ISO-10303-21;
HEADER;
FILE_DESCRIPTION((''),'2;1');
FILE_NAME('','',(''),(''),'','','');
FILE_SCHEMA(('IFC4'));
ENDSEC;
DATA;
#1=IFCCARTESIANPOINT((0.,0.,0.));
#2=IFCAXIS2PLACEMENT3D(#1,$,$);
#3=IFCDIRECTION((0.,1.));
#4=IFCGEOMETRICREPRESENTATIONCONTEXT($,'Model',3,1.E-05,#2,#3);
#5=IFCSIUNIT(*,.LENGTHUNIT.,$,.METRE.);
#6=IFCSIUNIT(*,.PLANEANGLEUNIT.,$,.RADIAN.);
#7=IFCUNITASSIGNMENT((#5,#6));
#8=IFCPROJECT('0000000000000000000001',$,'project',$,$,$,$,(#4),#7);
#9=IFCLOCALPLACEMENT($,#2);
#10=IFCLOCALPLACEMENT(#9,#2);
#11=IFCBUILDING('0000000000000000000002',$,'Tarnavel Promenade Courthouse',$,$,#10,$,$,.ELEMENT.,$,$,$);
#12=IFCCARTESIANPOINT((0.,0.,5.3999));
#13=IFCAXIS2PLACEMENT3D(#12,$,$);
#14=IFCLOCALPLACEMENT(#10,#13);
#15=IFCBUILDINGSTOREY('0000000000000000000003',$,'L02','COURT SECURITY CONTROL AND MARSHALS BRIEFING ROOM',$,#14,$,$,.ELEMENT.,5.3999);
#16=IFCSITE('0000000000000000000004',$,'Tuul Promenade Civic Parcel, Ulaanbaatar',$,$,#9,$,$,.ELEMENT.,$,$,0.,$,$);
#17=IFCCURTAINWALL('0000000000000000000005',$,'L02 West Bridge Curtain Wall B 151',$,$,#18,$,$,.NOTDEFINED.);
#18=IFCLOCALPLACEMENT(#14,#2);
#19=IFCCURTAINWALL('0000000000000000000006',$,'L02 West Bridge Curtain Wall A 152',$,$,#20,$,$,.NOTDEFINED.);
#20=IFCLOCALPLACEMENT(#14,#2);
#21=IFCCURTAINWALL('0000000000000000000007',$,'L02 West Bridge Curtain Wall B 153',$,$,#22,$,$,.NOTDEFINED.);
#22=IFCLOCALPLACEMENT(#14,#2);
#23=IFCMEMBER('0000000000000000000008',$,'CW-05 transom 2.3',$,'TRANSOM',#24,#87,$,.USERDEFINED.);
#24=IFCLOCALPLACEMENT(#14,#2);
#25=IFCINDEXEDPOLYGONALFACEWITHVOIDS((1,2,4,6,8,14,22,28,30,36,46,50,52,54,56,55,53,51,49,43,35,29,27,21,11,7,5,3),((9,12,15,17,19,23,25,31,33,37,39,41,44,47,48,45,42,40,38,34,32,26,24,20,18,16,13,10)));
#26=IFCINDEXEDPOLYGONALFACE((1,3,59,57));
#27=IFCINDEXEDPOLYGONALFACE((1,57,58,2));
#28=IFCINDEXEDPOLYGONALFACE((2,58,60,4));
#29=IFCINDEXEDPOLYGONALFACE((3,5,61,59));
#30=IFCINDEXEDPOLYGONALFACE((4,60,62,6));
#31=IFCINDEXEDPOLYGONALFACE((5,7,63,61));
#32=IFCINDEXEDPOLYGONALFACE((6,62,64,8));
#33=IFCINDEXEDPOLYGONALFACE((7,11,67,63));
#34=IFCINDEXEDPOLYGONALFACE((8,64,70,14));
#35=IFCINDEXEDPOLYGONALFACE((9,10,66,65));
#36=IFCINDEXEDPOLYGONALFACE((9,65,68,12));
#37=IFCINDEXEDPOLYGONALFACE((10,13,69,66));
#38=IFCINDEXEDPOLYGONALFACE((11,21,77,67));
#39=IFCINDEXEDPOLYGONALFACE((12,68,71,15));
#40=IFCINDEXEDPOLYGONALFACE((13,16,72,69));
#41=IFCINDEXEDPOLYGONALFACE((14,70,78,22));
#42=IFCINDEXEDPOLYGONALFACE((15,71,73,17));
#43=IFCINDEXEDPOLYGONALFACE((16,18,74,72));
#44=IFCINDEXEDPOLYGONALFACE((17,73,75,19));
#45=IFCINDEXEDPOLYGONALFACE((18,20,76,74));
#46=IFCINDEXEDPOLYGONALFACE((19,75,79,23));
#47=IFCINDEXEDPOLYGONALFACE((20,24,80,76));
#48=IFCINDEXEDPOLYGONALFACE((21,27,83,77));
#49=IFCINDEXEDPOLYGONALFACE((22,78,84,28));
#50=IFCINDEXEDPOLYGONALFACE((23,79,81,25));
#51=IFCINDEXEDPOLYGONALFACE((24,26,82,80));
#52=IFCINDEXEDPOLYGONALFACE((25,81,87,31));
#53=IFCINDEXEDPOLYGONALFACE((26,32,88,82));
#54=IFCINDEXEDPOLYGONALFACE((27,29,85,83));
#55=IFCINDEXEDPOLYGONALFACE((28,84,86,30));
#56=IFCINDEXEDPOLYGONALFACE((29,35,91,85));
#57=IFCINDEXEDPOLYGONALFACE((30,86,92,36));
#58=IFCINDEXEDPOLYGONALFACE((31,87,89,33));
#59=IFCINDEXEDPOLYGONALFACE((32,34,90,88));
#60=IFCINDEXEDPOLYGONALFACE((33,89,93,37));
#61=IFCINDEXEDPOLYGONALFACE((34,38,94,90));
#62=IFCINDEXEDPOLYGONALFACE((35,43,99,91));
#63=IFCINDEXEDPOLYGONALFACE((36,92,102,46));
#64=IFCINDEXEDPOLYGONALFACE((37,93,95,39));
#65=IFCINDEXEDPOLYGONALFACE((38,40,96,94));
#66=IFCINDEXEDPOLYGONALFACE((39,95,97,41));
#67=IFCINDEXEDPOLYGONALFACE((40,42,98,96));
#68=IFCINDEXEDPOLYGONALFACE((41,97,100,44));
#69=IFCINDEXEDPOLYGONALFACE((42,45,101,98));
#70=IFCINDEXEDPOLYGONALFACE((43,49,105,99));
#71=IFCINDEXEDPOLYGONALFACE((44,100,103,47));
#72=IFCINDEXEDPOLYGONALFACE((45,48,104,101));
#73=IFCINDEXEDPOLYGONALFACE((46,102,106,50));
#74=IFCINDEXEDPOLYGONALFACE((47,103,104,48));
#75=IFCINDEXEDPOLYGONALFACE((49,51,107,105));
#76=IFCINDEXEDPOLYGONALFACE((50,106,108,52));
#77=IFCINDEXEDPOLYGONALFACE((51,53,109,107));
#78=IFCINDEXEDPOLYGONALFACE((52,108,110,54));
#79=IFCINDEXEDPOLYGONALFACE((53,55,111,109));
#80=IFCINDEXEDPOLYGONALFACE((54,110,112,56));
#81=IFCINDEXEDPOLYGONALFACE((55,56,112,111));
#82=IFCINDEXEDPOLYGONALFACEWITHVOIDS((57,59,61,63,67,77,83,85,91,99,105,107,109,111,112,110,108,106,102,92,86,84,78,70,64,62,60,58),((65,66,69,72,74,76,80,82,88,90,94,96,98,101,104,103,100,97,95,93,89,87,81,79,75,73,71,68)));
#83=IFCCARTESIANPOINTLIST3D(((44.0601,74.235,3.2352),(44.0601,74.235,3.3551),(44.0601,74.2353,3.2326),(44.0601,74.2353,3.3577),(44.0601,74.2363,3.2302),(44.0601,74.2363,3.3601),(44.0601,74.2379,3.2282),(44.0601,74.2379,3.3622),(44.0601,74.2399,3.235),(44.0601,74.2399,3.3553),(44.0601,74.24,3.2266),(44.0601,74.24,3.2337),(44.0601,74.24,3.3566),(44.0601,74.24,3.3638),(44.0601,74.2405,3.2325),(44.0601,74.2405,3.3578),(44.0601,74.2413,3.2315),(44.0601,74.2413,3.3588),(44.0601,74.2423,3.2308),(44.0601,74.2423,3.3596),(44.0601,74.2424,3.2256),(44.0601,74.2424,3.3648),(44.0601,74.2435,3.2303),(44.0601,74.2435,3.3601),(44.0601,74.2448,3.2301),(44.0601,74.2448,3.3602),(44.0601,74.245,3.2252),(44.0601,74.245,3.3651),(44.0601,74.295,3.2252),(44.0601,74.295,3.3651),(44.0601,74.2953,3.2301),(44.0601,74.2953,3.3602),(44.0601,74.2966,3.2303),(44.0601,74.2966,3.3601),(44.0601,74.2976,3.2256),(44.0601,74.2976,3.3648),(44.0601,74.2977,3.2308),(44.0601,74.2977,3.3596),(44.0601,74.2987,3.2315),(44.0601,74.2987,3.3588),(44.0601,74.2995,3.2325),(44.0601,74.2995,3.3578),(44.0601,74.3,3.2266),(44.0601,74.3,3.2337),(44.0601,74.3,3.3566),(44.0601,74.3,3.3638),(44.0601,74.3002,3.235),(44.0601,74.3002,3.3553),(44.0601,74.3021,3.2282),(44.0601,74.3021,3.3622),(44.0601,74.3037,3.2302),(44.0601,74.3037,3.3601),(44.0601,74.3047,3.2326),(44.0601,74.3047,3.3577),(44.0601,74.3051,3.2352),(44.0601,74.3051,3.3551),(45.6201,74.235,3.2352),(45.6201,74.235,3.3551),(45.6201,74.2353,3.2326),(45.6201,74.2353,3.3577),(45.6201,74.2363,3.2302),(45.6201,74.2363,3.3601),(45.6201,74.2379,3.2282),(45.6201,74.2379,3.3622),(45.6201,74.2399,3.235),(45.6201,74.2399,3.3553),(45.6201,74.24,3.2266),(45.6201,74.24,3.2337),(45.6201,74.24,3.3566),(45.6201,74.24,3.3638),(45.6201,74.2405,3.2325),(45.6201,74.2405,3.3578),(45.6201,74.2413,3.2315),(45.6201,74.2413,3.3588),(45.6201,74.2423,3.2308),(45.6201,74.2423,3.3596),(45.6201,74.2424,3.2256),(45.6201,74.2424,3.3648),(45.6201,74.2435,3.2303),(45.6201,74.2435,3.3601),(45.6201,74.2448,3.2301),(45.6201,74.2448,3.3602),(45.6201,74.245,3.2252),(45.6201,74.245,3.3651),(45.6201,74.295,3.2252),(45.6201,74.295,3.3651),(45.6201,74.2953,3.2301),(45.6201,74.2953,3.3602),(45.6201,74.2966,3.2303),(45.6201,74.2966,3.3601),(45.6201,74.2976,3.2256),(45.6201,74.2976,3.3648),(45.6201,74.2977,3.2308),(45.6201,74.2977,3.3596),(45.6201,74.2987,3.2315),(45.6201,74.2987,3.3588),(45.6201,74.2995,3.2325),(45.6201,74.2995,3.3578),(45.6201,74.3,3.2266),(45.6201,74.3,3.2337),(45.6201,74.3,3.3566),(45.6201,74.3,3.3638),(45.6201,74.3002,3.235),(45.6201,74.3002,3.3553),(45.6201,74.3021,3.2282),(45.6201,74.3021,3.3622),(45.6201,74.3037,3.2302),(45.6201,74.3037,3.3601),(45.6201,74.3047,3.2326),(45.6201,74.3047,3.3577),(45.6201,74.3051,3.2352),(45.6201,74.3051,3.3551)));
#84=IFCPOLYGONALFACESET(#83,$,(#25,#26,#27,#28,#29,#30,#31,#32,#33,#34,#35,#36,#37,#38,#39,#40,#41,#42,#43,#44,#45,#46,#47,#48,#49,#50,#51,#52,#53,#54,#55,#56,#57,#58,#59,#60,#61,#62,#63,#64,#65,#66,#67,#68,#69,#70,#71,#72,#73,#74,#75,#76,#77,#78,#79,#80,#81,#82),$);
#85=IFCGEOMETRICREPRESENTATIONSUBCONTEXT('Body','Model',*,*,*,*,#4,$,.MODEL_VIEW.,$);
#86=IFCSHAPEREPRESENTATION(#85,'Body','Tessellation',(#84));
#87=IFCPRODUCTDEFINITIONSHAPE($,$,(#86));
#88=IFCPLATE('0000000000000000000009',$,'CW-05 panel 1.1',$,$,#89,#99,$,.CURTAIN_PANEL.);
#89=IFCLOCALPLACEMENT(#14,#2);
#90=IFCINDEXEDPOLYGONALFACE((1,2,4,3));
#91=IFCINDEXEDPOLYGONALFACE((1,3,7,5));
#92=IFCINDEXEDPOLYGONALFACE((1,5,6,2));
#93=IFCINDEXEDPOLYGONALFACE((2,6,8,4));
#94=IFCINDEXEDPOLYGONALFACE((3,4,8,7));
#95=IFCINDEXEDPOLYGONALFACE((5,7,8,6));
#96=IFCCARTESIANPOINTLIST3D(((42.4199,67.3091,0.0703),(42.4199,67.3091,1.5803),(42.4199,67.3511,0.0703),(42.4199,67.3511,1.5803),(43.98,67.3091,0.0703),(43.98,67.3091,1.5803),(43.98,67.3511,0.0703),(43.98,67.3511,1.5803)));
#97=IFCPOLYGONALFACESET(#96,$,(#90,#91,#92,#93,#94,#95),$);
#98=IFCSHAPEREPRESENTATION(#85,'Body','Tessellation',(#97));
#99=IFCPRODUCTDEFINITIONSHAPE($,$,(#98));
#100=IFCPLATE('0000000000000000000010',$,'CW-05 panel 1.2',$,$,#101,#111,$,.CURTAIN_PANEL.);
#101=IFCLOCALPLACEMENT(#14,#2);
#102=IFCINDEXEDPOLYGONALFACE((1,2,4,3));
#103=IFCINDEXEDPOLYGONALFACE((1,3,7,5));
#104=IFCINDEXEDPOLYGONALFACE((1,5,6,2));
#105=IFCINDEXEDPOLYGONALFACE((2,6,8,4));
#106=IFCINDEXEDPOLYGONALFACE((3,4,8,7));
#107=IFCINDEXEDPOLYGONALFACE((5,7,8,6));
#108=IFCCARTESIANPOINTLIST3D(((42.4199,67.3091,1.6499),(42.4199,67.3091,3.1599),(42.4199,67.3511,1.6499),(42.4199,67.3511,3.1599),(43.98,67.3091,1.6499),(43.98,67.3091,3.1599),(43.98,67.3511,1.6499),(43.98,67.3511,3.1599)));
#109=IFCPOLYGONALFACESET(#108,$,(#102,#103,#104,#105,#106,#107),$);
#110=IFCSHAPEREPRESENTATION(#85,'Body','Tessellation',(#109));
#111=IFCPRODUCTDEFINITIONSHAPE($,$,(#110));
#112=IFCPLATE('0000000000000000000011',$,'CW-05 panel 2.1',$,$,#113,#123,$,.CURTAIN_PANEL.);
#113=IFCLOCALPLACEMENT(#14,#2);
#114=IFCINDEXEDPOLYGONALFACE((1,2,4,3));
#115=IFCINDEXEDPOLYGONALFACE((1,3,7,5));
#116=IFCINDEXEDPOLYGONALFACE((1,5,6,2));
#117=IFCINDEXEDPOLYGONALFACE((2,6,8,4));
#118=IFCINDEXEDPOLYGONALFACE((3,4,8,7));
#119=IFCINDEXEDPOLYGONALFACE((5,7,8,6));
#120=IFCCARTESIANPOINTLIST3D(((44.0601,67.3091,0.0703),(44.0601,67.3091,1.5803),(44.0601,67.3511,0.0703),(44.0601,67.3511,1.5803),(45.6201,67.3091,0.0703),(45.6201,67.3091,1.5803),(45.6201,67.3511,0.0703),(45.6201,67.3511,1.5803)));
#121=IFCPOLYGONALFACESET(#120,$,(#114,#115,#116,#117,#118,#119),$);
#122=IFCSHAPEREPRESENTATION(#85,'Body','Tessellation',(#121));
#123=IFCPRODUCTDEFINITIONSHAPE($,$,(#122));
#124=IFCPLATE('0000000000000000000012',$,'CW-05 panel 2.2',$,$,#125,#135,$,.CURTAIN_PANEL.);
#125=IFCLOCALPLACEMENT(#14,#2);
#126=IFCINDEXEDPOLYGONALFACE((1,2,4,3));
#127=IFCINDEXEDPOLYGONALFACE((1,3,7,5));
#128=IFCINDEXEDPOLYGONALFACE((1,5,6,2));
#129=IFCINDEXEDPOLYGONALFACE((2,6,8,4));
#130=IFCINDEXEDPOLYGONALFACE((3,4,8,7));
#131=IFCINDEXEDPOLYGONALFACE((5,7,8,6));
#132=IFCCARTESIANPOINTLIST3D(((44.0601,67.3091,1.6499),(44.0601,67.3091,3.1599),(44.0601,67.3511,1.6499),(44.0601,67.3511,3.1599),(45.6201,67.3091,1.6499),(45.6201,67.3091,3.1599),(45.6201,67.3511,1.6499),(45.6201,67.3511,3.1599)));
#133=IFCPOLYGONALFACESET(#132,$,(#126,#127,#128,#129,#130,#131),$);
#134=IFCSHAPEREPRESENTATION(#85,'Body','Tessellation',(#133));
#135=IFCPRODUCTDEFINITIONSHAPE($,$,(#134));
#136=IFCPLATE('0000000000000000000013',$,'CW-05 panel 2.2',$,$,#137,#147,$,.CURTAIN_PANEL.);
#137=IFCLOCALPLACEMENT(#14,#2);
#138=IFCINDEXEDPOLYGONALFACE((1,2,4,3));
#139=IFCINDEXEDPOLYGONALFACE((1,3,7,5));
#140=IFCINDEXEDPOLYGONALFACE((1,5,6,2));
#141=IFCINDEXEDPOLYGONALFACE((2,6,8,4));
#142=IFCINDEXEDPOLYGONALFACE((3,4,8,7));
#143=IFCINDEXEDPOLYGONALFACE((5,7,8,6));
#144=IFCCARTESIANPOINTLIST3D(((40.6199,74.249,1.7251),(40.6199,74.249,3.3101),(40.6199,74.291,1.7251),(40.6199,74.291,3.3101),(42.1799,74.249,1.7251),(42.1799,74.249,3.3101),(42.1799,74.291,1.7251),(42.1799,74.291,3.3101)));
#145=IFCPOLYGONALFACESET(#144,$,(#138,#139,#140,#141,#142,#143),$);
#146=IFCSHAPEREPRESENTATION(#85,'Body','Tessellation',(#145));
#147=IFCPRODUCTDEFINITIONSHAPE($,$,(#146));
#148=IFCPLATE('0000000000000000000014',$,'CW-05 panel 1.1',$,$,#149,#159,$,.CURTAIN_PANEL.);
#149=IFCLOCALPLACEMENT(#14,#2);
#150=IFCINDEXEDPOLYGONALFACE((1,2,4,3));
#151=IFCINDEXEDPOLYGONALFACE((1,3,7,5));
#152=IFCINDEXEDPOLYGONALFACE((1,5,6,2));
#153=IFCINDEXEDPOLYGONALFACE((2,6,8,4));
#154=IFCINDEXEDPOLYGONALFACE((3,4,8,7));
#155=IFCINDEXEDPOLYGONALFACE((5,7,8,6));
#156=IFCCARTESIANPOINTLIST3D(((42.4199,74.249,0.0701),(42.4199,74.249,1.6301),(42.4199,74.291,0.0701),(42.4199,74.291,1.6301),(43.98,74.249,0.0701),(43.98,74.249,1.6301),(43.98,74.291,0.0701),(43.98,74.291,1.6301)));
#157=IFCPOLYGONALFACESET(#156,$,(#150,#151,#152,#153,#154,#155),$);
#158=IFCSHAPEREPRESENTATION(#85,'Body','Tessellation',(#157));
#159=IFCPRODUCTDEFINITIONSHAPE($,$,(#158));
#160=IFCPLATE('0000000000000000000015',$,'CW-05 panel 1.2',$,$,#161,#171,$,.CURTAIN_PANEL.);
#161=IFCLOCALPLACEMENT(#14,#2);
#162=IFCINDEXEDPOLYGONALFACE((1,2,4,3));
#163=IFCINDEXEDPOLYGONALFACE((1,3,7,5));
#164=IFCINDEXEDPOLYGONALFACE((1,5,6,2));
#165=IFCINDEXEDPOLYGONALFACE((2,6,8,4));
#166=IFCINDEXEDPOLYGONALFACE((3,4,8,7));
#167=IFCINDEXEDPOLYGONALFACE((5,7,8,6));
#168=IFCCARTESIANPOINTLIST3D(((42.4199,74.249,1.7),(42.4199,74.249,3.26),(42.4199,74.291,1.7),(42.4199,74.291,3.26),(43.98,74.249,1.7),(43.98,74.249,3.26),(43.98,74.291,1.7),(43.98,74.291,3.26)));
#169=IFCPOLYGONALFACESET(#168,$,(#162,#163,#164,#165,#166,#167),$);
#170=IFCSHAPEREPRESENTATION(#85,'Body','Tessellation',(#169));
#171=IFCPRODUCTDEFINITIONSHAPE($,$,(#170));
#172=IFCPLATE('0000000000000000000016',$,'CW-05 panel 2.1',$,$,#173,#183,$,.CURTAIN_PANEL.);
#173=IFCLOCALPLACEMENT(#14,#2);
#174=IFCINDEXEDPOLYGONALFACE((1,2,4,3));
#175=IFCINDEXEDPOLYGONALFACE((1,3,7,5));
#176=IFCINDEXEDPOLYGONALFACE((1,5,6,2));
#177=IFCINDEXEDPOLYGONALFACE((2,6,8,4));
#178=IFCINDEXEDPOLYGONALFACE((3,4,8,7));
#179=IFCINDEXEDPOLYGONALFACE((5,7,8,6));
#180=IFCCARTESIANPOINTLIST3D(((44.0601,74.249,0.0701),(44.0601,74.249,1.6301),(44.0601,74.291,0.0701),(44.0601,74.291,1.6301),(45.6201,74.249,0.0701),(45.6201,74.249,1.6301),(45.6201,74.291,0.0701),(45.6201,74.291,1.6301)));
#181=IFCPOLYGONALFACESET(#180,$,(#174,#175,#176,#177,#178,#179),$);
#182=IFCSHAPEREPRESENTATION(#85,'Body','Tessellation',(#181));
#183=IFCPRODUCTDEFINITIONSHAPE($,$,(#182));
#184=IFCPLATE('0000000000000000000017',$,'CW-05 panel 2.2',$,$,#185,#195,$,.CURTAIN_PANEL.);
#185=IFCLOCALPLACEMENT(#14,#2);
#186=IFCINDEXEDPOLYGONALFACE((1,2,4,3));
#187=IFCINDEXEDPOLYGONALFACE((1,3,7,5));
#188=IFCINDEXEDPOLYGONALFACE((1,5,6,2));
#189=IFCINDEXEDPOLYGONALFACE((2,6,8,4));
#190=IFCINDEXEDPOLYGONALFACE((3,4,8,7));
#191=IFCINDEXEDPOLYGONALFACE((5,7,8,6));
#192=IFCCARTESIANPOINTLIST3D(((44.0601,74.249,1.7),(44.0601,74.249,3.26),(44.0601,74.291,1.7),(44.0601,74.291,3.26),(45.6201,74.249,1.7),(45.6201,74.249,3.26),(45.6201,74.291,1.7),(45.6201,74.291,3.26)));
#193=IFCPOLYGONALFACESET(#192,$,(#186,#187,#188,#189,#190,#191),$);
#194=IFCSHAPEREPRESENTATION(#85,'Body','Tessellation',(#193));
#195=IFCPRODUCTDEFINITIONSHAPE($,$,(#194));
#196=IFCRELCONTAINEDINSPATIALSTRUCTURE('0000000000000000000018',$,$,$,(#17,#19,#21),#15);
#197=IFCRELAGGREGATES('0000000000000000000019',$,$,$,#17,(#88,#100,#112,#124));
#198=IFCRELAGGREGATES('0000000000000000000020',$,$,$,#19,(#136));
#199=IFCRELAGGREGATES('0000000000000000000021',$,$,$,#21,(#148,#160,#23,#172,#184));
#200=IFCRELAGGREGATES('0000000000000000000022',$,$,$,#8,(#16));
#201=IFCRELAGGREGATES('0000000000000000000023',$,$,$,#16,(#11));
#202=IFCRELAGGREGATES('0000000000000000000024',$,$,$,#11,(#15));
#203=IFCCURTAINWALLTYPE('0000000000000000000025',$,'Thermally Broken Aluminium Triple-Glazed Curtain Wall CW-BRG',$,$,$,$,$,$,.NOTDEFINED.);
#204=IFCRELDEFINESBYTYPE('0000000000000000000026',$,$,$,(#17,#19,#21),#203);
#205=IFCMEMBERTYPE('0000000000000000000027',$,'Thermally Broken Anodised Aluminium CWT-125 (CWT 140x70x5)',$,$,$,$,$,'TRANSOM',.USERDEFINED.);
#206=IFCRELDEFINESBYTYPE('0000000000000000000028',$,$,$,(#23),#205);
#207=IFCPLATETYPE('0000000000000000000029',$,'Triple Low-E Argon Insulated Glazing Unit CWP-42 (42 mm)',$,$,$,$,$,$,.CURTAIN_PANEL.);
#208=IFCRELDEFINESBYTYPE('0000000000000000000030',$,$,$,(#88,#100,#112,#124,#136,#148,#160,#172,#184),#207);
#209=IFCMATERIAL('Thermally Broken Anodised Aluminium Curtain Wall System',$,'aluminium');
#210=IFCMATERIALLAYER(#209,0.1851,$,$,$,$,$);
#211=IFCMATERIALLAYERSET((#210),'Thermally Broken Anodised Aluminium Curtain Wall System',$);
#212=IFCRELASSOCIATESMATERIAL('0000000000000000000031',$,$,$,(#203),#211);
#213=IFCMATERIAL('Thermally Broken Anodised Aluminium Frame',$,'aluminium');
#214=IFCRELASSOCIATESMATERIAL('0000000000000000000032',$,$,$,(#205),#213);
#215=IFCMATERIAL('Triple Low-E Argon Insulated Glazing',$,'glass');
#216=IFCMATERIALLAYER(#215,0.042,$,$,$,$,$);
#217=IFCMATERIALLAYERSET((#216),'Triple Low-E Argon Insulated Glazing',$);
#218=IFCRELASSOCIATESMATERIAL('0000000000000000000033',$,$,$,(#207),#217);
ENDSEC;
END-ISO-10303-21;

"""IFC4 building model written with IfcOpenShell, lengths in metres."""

from ifc_helpers import new_model, si_unit, direction, frame, origin, origin_2d, place, context, subcontext, project, spatial, rectangle, hollow_rectangle, extrude, material, layer, layer_set, material_profile, profile_set, type_object, element, aggregate, save


model = new_model("IFC4")

# Units and contexts
model_context = context("Model", 3, precision=1e-05, world=origin(), true_north=direction((0.0, 1.0)))
body_context = subcontext(model_context, "Body", "Model", "MODEL_VIEW")
ifc_project = project(units=[si_unit("LENGTHUNIT", "METRE"), si_unit("PLANEANGLEUNIT", "RADIAN")], contexts=[model_context])

# Site, building, storey
site_placement = place(None, origin())
site = spatial("IfcSite", under=ifc_project, at=site_placement, Name="Tuul Promenade Civic Parcel, Ulaanbaatar", CompositionType="ELEMENT", RefElevation=0.0)
building_placement = place(site_placement, origin())
building = spatial("IfcBuilding", under=site, at=building_placement, Name="Tarnavel Promenade Courthouse", CompositionType="ELEMENT")
storey_placement = place(building_placement, frame((0.0, 0.0, 5.3999)))
storey = spatial("IfcBuildingStorey", under=building, at=storey_placement, Name="L02", Description="COURT SECURITY CONTROL AND MARSHALS BRIEFING ROOM", CompositionType="ELEMENT", Elevation=5.3999)

# Shared definitions
ifc_material_1 = material(Name="Thermally Broken Anodised Aluminium Curtain Wall System", Category="aluminium")
ifc_layer_1 = layer(ifc_material_1, 0.1851)
ifc_layer_set_1 = layer_set([ifc_layer_1], Name="Thermally Broken Anodised Aluminium Curtain Wall System")
curtain_wall_type = type_object("IfcCurtainWallType", Name="Thermally Broken Aluminium Triple-Glazed Curtain Wall CW-BRG", PredefinedType="NOTDEFINED", material=ifc_layer_set_1)
ifc_material_2 = material(Name="Thermally Broken Anodised Aluminium Frame", Category="aluminium")

# Curtain wall
curtain_wall_1_placement = place(storey_placement, origin())
curtain_wall_1 = element("IfcCurtainWall", 1, at=curtain_wall_1_placement, inside=storey, type_object=curtain_wall_type, Name="L02 West Bridge Curtain Wall B 151", PredefinedType="NOTDEFINED")

# Curtain wall
curtain_wall_2_placement = place(storey_placement, origin())
curtain_wall_2 = element("IfcCurtainWall", 2, at=curtain_wall_2_placement, inside=storey, type_object=curtain_wall_type, Name="L02 West Bridge Curtain Wall A 152", PredefinedType="NOTDEFINED")

# Curtain wall
curtain_wall_3_placement = place(storey_placement, origin())
curtain_wall_3 = element("IfcCurtainWall", 3, at=curtain_wall_3_placement, inside=storey, type_object=curtain_wall_type, Name="L02 West Bridge Curtain Wall B 153", PredefinedType="NOTDEFINED")

# Member
ifc_material_profile_1 = material_profile(ifc_material_2, hollow_rectangle(XDim=0.0701, YDim=0.1399, WallThickness=0.0049, InnerFilletRadius=0.0049, OuterFilletRadius=0.01, at=origin_2d()), Name="CWT 140x70x5")
ifc_profile_set_1 = profile_set([ifc_material_profile_1], Name="Thermally Broken Anodised Aluminium Frame")
member_type_1 = type_object("IfcMemberType", Name="Thermally Broken Anodised Aluminium CWT-125 (CWT 140x70x5)", ElementType="TRANSOM", PredefinedType="USERDEFINED", material=ifc_profile_set_1)
member_1_placement = place(storey_placement, frame((44.0601, 74.27, 3.2952), z_axis=(1.0, 0.0, 0.0), x_axis=(0.0, 1.0, 0.0)))
member_1 = element("IfcMember", 4, at=member_1_placement, type_object=member_type_1, Name="CW-05 transom 2.3", ObjectType="TRANSOM", PredefinedType="USERDEFINED", context=body_context, shape_type="SweptSolid", body=[
    extrude(hollow_rectangle(XDim=0.0701, YDim=0.1399, WallThickness=0.0049, InnerFilletRadius=0.0049, OuterFilletRadius=0.01, at=origin_2d()), origin(), (0.0, 0.0, 1.0), 1.5601),
])

# Plates
ifc_material_3 = material(Name="Triple Low-E Argon Insulated Glazing", Category="glass")
ifc_layer_2 = layer(ifc_material_3, 0.042)
ifc_layer_set_2 = layer_set([ifc_layer_2], Name="Triple Low-E Argon Insulated Glazing")
plate_type = type_object("IfcPlateType", Name="Triple Low-E Argon Insulated Glazing Unit CWP-42 (42 mm)", PredefinedType="CURTAIN_PANEL", material=ifc_layer_set_2)
plate_1_placement = place(storey_placement, frame((43.2, 67.3301, 0.0703), z_axis=(0.0, 0.0, 1.0), x_axis=(1.0, 0.0, 0.0)))
plate_1 = element("IfcPlate", 5, at=plate_1_placement, type_object=plate_type, Name="CW-05 panel 1.1", PredefinedType="CURTAIN_PANEL", context=body_context, shape_type="SweptSolid", body=[
    extrude(rectangle(XDim=1.5601, YDim=0.042, at=origin_2d()), origin(), (0.0, 0.0, 1.0), 1.51),
])
plate_2_placement = place(storey_placement, frame((43.2, 67.3301, 1.6499), z_axis=(0.0, 0.0, 1.0), x_axis=(1.0, 0.0, 0.0)))
plate_2 = element("IfcPlate", 6, at=plate_2_placement, type_object=plate_type, Name="CW-05 panel 1.2", PredefinedType="CURTAIN_PANEL", context=body_context, shape_type="SweptSolid", body=[
    extrude(rectangle(XDim=1.5601, YDim=0.042, at=origin_2d()), origin(), (0.0, 0.0, 1.0), 1.51),
])
plate_3_placement = place(storey_placement, frame((44.8401, 67.3301, 0.0703), z_axis=(0.0, 0.0, 1.0), x_axis=(1.0, 0.0, 0.0)))
plate_3 = element("IfcPlate", 7, at=plate_3_placement, type_object=plate_type, Name="CW-05 panel 2.1", PredefinedType="CURTAIN_PANEL", context=body_context, shape_type="SweptSolid", body=[
    extrude(rectangle(XDim=1.5601, YDim=0.042, at=origin_2d()), origin(), (0.0, 0.0, 1.0), 1.51),
])
plate_4_placement = place(storey_placement, frame((44.8401, 67.3301, 1.6499), z_axis=(0.0, 0.0, 1.0), x_axis=(1.0, 0.0, 0.0)))
plate_4 = element("IfcPlate", 8, at=plate_4_placement, type_object=plate_type, Name="CW-05 panel 2.2", PredefinedType="CURTAIN_PANEL", context=body_context, shape_type="SweptSolid", body=[
    extrude(rectangle(XDim=1.5601, YDim=0.042, at=origin_2d()), origin(), (0.0, 0.0, 1.0), 1.51),
])
aggregate(curtain_wall_1, [plate_1, plate_2, plate_3, plate_4])
plate_5_placement = place(storey_placement, frame((41.3999, 74.27, 1.7251), z_axis=(0.0, 0.0, 1.0), x_axis=(1.0, 0.0, 0.0)))
plate_5 = element("IfcPlate", 9, at=plate_5_placement, type_object=plate_type, Name="CW-05 panel 2.2", PredefinedType="CURTAIN_PANEL", context=body_context, shape_type="SweptSolid", body=[
    extrude(rectangle(XDim=1.5601, YDim=0.042, at=origin_2d()), origin(), (0.0, 0.0, 1.0), 1.585),
])
aggregate(curtain_wall_2, [plate_5])
plate_6_placement = place(storey_placement, frame((43.2, 74.27, 0.0701), z_axis=(0.0, 0.0, 1.0), x_axis=(1.0, 0.0, 0.0)))
plate_6 = element("IfcPlate", 10, at=plate_6_placement, type_object=plate_type, Name="CW-05 panel 1.1", PredefinedType="CURTAIN_PANEL", context=body_context, shape_type="SweptSolid", body=[
    extrude(rectangle(XDim=1.5601, YDim=0.042, at=origin_2d()), origin(), (0.0, 0.0, 1.0), 1.5601),
])
plate_7_placement = place(storey_placement, frame((43.2, 74.27, 1.7), z_axis=(0.0, 0.0, 1.0), x_axis=(1.0, 0.0, 0.0)))
plate_7 = element("IfcPlate", 11, at=plate_7_placement, type_object=plate_type, Name="CW-05 panel 1.2", PredefinedType="CURTAIN_PANEL", context=body_context, shape_type="SweptSolid", body=[
    extrude(rectangle(XDim=1.5601, YDim=0.042, at=origin_2d()), origin(), (0.0, 0.0, 1.0), 1.5601),
])
plate_8_placement = place(storey_placement, frame((44.8401, 74.27, 0.0701), z_axis=(0.0, 0.0, 1.0), x_axis=(1.0, 0.0, 0.0)))
plate_8 = element("IfcPlate", 12, at=plate_8_placement, type_object=plate_type, Name="CW-05 panel 2.1", PredefinedType="CURTAIN_PANEL", context=body_context, shape_type="SweptSolid", body=[
    extrude(rectangle(XDim=1.5601, YDim=0.042, at=origin_2d()), origin(), (0.0, 0.0, 1.0), 1.5601),
])
plate_9_placement = place(storey_placement, frame((44.8401, 74.27, 1.7), z_axis=(0.0, 0.0, 1.0), x_axis=(1.0, 0.0, 0.0)))
plate_9 = element("IfcPlate", 13, at=plate_9_placement, type_object=plate_type, Name="CW-05 panel 2.2", PredefinedType="CURTAIN_PANEL", context=body_context, shape_type="SweptSolid", body=[
    extrude(rectangle(XDim=1.5601, YDim=0.042, at=origin_2d()), origin(), (0.0, 0.0, 1.0), 1.5601),
])
aggregate(curtain_wall_3, [plate_6, plate_7, member_1, plate_8, plate_9])

save(model, "model.ifc")
